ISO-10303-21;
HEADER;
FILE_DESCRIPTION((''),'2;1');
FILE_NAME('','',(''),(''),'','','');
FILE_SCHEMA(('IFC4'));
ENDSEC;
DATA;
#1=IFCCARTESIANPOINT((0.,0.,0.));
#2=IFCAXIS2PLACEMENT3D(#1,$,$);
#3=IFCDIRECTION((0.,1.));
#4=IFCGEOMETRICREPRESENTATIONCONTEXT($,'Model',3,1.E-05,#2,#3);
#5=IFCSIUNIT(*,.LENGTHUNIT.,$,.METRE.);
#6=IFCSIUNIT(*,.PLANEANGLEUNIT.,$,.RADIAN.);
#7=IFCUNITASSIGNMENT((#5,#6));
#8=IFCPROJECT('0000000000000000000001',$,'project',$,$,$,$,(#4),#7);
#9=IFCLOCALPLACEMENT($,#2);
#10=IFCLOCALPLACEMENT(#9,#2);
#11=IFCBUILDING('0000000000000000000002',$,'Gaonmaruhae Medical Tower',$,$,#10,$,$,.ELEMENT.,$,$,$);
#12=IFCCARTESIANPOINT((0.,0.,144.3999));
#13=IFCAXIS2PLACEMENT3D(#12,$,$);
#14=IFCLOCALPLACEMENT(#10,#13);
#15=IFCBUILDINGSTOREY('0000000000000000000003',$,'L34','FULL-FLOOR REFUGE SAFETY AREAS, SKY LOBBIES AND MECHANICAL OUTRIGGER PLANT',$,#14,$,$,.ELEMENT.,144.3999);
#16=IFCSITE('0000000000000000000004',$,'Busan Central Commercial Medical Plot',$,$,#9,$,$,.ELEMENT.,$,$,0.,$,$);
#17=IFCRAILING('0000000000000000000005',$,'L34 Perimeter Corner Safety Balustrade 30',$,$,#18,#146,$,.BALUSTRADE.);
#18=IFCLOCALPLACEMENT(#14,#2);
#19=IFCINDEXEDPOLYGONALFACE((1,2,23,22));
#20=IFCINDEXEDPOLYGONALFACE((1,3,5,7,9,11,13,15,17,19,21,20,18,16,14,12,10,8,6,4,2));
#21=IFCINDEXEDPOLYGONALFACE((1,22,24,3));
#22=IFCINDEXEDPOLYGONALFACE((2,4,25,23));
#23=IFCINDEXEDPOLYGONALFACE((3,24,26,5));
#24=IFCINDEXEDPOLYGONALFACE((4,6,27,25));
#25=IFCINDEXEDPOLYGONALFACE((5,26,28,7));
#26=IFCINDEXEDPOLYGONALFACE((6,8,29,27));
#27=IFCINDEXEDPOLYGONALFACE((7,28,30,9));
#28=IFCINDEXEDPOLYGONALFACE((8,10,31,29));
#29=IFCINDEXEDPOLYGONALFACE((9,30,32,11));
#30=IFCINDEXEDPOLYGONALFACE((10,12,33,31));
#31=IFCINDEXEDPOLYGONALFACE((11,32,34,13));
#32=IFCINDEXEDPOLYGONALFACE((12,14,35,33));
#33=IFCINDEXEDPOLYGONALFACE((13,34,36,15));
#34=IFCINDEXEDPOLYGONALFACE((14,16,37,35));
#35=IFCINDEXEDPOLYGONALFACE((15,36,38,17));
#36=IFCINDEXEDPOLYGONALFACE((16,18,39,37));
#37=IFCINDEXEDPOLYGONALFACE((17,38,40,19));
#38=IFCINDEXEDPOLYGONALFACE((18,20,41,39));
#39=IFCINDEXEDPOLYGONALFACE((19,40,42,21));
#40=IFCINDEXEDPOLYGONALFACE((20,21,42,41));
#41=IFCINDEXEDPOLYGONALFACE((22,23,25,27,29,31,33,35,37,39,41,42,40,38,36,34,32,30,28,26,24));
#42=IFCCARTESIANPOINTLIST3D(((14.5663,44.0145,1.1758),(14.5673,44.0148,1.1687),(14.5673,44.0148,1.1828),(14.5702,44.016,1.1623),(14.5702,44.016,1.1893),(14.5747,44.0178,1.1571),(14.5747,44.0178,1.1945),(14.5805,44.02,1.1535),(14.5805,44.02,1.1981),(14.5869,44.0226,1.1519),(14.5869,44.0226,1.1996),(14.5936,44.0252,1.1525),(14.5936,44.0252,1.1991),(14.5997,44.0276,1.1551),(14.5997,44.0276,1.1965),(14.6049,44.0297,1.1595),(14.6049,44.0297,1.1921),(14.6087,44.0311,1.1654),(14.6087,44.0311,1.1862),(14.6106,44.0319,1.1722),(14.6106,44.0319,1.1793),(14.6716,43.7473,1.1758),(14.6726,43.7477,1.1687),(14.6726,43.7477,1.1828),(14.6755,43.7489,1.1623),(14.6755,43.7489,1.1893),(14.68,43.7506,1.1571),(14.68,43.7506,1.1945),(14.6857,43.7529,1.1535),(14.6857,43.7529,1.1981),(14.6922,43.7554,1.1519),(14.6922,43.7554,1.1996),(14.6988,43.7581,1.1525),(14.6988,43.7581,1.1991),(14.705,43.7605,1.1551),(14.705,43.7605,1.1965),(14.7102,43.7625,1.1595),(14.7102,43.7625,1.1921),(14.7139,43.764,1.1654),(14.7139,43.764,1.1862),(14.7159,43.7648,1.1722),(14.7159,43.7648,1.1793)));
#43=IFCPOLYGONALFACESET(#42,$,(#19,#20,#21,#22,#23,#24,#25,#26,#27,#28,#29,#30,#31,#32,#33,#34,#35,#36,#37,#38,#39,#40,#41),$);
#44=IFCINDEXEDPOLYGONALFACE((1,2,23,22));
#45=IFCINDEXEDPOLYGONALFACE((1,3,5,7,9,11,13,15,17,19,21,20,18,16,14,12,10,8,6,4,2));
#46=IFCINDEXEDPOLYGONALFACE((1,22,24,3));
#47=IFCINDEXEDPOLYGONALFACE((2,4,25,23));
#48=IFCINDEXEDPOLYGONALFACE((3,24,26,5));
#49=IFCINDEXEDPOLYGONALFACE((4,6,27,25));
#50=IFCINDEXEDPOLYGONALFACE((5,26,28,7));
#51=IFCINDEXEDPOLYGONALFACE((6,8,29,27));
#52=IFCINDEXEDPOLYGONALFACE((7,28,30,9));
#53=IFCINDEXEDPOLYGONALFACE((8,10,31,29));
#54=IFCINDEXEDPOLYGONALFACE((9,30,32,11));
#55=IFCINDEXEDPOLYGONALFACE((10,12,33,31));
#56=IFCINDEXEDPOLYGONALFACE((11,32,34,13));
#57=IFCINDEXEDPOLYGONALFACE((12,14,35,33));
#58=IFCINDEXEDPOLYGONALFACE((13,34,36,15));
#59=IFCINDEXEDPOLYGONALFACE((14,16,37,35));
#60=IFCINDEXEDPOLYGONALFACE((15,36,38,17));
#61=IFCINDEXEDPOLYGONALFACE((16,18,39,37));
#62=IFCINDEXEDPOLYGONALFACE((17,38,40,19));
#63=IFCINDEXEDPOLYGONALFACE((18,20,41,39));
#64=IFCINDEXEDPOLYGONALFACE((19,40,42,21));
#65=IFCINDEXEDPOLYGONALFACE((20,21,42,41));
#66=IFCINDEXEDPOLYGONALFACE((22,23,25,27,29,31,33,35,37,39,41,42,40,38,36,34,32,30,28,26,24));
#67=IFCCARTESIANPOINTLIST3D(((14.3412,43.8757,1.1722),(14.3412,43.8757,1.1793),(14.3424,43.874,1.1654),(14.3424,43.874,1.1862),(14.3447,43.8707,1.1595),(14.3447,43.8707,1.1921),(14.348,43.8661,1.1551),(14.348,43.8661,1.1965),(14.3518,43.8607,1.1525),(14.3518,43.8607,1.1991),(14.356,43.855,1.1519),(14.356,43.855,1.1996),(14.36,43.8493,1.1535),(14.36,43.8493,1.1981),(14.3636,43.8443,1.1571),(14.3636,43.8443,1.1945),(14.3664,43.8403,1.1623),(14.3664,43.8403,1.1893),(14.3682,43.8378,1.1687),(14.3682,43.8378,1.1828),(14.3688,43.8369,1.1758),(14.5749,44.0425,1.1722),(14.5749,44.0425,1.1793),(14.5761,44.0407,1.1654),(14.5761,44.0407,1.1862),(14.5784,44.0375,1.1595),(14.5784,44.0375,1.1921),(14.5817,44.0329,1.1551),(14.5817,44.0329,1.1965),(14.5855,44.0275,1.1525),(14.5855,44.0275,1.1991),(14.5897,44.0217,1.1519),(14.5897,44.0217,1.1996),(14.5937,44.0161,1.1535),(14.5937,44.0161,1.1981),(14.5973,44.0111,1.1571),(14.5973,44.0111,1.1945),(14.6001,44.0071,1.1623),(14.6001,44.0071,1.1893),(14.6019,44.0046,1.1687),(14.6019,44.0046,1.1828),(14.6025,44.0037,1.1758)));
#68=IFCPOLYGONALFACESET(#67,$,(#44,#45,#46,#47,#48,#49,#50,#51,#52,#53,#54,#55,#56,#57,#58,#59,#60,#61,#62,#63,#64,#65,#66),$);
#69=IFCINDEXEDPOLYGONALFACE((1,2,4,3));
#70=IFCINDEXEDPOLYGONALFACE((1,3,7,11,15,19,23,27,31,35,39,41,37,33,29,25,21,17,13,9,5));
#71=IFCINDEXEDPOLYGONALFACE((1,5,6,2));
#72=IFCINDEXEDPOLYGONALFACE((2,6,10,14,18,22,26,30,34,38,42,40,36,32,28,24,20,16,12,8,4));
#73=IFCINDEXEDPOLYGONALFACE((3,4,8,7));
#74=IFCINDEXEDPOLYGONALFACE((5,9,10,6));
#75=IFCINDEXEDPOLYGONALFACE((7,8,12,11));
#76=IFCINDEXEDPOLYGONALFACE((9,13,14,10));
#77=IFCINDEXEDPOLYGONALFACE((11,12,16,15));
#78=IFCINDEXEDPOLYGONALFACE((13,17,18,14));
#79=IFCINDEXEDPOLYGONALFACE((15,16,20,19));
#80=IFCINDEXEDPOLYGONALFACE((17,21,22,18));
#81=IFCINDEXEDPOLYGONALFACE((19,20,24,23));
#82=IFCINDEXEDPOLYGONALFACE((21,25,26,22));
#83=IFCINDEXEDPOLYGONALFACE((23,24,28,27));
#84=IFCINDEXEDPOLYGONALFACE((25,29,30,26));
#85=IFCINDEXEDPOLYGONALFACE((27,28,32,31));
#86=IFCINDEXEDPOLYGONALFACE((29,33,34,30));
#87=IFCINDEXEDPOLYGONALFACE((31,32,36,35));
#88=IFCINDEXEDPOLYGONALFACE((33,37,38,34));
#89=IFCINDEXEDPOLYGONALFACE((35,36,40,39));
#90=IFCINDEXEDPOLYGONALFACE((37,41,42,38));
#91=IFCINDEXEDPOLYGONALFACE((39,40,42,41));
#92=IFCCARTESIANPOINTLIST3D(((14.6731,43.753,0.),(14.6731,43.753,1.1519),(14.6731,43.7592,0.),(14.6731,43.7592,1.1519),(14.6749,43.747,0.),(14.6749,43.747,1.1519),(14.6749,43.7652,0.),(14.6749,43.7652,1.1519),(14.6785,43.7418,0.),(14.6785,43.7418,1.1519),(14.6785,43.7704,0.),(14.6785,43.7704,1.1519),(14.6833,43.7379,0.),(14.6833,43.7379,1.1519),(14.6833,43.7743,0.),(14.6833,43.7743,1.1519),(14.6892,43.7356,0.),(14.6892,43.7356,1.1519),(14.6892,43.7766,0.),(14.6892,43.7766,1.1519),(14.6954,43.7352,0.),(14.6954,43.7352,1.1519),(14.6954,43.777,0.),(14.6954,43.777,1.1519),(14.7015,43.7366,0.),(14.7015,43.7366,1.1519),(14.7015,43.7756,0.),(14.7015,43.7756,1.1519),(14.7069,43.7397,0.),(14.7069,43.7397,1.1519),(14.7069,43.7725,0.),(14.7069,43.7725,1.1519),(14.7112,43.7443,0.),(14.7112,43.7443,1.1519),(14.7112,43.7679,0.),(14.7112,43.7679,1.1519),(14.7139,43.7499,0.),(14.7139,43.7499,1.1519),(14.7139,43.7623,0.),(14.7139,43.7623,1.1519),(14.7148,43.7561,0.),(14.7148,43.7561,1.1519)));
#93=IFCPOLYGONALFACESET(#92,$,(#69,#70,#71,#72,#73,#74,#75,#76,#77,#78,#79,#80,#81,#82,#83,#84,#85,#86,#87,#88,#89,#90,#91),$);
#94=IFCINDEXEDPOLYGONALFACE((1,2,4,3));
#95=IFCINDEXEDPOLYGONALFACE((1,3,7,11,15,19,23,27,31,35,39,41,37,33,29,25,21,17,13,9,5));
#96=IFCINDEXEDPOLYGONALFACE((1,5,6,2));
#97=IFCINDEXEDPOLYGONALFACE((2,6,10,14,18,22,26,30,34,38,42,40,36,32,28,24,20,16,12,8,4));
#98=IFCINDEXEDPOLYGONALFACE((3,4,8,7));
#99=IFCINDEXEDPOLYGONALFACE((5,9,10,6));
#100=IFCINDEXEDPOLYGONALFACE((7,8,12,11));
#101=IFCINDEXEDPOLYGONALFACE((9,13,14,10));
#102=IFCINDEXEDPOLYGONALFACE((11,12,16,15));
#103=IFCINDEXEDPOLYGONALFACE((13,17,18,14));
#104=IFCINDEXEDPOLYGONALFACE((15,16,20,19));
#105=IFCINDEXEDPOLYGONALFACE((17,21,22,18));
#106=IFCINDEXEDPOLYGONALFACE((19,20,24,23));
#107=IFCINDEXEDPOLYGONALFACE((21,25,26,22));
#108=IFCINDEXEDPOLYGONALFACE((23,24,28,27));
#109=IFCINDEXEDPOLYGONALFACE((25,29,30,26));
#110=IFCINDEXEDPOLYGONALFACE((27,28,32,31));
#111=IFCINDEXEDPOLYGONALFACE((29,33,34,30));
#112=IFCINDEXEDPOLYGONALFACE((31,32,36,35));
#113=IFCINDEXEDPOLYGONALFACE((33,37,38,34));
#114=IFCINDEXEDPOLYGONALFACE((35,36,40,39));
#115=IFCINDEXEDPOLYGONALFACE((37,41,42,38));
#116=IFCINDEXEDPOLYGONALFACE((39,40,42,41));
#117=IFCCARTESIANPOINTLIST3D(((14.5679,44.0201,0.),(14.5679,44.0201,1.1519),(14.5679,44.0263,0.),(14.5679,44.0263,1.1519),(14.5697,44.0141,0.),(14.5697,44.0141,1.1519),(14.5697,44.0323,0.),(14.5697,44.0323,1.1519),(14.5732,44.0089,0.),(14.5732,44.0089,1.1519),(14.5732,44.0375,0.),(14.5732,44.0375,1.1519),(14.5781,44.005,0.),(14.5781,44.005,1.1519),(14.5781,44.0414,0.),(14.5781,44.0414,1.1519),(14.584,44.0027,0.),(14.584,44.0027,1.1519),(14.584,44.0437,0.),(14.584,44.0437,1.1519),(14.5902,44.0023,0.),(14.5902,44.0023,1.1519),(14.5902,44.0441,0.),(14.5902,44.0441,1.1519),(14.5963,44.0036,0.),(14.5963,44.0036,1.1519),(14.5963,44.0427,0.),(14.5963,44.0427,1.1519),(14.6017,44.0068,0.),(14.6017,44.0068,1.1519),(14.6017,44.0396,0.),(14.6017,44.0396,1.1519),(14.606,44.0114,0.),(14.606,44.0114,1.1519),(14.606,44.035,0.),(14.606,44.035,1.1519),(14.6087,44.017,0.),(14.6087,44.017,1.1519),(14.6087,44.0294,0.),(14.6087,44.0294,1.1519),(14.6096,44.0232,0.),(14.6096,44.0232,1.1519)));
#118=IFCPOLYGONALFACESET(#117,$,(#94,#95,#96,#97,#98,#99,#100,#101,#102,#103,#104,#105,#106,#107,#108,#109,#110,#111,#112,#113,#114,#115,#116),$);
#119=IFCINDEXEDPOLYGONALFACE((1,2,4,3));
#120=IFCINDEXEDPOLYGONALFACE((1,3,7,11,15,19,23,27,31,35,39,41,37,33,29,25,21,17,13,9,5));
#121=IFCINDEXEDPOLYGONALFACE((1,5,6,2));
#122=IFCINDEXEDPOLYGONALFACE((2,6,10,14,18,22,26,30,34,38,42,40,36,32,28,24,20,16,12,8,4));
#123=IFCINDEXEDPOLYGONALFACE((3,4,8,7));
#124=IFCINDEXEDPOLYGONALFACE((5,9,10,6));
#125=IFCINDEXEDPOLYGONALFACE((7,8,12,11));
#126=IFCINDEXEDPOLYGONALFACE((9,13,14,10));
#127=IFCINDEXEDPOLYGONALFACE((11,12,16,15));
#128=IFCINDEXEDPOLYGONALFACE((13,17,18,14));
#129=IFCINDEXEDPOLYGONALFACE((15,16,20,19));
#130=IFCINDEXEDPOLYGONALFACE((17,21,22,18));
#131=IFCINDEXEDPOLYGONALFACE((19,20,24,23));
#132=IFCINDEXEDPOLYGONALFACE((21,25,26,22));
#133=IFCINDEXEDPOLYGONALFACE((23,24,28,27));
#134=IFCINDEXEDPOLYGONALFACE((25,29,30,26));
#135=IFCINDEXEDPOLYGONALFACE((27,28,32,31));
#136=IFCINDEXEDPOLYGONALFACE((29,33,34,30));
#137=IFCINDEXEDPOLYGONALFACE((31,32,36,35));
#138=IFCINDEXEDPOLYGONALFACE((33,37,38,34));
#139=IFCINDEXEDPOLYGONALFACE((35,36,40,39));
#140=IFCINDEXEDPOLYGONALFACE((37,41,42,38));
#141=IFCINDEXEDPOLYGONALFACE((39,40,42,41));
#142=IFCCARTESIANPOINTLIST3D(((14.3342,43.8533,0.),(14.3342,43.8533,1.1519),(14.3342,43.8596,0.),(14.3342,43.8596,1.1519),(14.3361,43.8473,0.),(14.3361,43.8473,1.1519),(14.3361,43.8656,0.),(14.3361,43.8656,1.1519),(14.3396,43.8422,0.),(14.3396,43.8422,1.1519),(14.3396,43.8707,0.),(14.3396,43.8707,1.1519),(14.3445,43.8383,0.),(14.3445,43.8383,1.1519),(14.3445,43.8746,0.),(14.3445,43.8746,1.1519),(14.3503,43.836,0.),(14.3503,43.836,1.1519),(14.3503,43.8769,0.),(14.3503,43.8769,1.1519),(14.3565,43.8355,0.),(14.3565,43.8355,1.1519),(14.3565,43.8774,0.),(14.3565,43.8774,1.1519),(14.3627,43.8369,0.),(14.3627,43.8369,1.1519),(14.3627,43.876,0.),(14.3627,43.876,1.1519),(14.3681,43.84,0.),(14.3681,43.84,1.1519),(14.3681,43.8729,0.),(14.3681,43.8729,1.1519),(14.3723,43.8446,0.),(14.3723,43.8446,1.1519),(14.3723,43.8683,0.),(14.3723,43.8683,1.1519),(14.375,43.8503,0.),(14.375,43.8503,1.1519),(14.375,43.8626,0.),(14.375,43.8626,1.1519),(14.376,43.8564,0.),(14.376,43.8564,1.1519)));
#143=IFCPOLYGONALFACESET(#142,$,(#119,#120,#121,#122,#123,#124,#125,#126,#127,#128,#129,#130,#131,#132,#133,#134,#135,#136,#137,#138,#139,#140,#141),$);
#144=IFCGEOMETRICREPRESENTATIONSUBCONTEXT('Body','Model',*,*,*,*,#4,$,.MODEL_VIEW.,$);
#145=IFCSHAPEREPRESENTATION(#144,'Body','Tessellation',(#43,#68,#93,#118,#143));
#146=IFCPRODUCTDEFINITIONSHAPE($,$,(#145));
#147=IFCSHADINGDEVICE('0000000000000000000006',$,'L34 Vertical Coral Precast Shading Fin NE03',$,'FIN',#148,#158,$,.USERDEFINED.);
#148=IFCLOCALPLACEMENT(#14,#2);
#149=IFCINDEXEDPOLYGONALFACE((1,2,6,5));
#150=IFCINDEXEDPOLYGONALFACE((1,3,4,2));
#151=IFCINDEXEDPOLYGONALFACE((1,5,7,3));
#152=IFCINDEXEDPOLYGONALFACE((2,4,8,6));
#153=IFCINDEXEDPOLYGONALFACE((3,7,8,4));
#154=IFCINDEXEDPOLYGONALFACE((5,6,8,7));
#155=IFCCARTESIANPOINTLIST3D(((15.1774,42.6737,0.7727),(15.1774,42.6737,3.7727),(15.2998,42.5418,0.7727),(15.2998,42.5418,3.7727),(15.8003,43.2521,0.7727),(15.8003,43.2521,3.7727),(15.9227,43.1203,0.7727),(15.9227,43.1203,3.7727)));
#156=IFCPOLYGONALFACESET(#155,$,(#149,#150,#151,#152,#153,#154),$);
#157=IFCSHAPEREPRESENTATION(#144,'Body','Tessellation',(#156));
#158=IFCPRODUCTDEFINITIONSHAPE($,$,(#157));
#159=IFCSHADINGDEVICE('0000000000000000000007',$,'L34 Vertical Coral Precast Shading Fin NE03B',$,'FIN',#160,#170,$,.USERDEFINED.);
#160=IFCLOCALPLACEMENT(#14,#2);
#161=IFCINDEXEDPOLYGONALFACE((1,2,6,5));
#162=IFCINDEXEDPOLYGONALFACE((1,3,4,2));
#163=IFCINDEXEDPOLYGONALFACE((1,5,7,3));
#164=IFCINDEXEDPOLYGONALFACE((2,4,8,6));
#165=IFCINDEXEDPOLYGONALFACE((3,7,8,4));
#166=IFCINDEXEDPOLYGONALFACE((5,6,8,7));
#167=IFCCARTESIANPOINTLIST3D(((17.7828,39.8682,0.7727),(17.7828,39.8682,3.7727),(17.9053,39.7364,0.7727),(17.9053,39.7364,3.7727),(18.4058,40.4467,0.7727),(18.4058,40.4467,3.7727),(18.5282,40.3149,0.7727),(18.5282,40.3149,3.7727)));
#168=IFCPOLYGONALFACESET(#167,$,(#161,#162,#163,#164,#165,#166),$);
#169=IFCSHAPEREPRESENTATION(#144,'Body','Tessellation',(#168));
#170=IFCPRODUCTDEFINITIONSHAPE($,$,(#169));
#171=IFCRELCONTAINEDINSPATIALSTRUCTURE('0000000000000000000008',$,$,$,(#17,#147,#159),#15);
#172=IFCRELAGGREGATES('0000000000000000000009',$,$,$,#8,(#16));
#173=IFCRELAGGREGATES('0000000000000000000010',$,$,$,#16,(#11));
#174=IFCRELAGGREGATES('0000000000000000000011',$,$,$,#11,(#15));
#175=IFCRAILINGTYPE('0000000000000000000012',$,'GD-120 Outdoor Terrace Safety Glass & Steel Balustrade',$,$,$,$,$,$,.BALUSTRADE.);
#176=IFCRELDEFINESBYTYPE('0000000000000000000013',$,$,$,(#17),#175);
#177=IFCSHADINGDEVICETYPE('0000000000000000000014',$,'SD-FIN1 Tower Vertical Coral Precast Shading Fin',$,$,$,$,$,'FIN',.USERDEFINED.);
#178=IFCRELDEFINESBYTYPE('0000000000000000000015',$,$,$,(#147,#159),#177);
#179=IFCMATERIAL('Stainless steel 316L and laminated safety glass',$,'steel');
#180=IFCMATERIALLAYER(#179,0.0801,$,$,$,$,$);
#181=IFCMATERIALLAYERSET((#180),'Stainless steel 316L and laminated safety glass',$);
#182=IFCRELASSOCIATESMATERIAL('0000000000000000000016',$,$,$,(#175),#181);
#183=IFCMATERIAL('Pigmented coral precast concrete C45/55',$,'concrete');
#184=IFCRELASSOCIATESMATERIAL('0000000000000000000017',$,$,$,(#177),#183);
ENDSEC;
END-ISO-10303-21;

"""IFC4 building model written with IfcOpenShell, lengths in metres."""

from ifc_helpers import new_model, si_unit, direction, frame, origin, origin_2d, place, context, subcontext, project, spatial, rectangle, circle, extrude, material, layer, layer_set, type_object, element, save


model = new_model("IFC4")

# Units and contexts
model_context = context("Model", 3, precision=1e-05, world=origin(), true_north=direction((0.0, 1.0)))
body_context = subcontext(model_context, "Body", "Model", "MODEL_VIEW")
ifc_project = project(units=[si_unit("LENGTHUNIT", "METRE"), si_unit("PLANEANGLEUNIT", "RADIAN")], contexts=[model_context])

# Site, building, storey
site_placement = place(None, origin())
site = spatial("IfcSite", under=ifc_project, at=site_placement, Name="Busan Central Commercial Medical Plot", CompositionType="ELEMENT", RefElevation=0.0)
building_placement = place(site_placement, origin())
building = spatial("IfcBuilding", under=site, at=building_placement, Name="Gaonmaruhae Medical Tower", CompositionType="ELEMENT")
storey_placement = place(building_placement, frame((0.0, 0.0, 144.3999)))
storey = spatial("IfcBuildingStorey", under=building, at=storey_placement, Name="L34", Description="FULL-FLOOR REFUGE SAFETY AREAS, SKY LOBBIES AND MECHANICAL OUTRIGGER PLANT", CompositionType="ELEMENT", Elevation=144.3999)

# Railing
ifc_material_1 = material(Name="Stainless steel 316L and laminated safety glass", Category="steel")
ifc_layer_1 = layer(ifc_material_1, 0.0801)
ifc_layer_set_1 = layer_set([ifc_layer_1], Name="Stainless steel 316L and laminated safety glass")
railing_type = type_object("IfcRailingType", Name="GD-120 Outdoor Terrace Safety Glass & Steel Balustrade", PredefinedType="BALUSTRADE", material=ifc_layer_set_1)
railing_1_placement = place(storey_placement, frame((14.6938, 43.7561, 0.0)))
element("IfcRailing", 1, at=railing_1_placement, inside=storey, type_object=railing_type, Name="L34 Perimeter Corner Safety Balustrade 30", PredefinedType="BALUSTRADE", context=body_context, shape_type="SweptSolid", body=[
    extrude(circle(Radius=0.0239, at=origin_2d()), frame((0.0, 0.0, 1.1758), z_axis=(-0.366547, 0.9304, 0.0), x_axis=(-0.9304, -0.366547, 0.0)), (0.0, 0.0, 1.0), 0.2871),
    extrude(circle(Radius=0.0239, at=origin_2d()), frame((-0.1052, 0.2671, 1.1758), z_axis=(-0.813963, -0.580916, 0.0), x_axis=(0.580916, -0.813963, 0.0)), (0.0, 0.0, 1.0), 0.2871),
    extrude(circle(Radius=0.021, at=origin_2d()), origin(), (0.0, 0.0, 1.0), 1.1519),
    extrude(circle(Radius=0.021, at=origin_2d()), frame((-0.1052, 0.2671, 0.0)), (0.0, 0.0, 1.0), 1.1519),
    extrude(circle(Radius=0.021, at=origin_2d()), frame((-0.3389, 0.1003, 0.0)), (0.0, 0.0, 1.0), 1.1519),
])

# Shading devices
ifc_material_2 = material(Name="Pigmented coral precast concrete C45/55", Category="concrete")
shading_device_type = type_object("IfcShadingDeviceType", Name="SD-FIN1 Tower Vertical Coral Precast Shading Fin", ElementType="FIN", PredefinedType="USERDEFINED", material=ifc_material_2)
for number, where, z_axis, x_axis, name in (
    (2, (15.55, 42.897, 0.7727), (0.0, 0.0, 1.0), (0.680491, -0.732757, 0.0), "L34 Vertical Coral Precast Shading Fin NE03"),
    (3, (18.1555, 40.0916, 0.7727), (0.0, 0.0, 1.0), (0.680491, -0.732757, 0.0), "L34 Vertical Coral Precast Shading Fin NE03B"),
):
    element("IfcShadingDevice", number, at=place(storey_placement, frame(where, z_axis=z_axis, x_axis=x_axis)), inside=storey, type_object=shading_device_type, Name=name, ObjectType="FIN", PredefinedType="USERDEFINED", context=body_context, shape_type="SweptSolid", body=[
        extrude(rectangle(XDim=0.1799, YDim=0.8501, at=origin_2d()), origin(), (0.0, 0.0, 1.0), 3.0),
    ])

save(model, "model.ifc")
